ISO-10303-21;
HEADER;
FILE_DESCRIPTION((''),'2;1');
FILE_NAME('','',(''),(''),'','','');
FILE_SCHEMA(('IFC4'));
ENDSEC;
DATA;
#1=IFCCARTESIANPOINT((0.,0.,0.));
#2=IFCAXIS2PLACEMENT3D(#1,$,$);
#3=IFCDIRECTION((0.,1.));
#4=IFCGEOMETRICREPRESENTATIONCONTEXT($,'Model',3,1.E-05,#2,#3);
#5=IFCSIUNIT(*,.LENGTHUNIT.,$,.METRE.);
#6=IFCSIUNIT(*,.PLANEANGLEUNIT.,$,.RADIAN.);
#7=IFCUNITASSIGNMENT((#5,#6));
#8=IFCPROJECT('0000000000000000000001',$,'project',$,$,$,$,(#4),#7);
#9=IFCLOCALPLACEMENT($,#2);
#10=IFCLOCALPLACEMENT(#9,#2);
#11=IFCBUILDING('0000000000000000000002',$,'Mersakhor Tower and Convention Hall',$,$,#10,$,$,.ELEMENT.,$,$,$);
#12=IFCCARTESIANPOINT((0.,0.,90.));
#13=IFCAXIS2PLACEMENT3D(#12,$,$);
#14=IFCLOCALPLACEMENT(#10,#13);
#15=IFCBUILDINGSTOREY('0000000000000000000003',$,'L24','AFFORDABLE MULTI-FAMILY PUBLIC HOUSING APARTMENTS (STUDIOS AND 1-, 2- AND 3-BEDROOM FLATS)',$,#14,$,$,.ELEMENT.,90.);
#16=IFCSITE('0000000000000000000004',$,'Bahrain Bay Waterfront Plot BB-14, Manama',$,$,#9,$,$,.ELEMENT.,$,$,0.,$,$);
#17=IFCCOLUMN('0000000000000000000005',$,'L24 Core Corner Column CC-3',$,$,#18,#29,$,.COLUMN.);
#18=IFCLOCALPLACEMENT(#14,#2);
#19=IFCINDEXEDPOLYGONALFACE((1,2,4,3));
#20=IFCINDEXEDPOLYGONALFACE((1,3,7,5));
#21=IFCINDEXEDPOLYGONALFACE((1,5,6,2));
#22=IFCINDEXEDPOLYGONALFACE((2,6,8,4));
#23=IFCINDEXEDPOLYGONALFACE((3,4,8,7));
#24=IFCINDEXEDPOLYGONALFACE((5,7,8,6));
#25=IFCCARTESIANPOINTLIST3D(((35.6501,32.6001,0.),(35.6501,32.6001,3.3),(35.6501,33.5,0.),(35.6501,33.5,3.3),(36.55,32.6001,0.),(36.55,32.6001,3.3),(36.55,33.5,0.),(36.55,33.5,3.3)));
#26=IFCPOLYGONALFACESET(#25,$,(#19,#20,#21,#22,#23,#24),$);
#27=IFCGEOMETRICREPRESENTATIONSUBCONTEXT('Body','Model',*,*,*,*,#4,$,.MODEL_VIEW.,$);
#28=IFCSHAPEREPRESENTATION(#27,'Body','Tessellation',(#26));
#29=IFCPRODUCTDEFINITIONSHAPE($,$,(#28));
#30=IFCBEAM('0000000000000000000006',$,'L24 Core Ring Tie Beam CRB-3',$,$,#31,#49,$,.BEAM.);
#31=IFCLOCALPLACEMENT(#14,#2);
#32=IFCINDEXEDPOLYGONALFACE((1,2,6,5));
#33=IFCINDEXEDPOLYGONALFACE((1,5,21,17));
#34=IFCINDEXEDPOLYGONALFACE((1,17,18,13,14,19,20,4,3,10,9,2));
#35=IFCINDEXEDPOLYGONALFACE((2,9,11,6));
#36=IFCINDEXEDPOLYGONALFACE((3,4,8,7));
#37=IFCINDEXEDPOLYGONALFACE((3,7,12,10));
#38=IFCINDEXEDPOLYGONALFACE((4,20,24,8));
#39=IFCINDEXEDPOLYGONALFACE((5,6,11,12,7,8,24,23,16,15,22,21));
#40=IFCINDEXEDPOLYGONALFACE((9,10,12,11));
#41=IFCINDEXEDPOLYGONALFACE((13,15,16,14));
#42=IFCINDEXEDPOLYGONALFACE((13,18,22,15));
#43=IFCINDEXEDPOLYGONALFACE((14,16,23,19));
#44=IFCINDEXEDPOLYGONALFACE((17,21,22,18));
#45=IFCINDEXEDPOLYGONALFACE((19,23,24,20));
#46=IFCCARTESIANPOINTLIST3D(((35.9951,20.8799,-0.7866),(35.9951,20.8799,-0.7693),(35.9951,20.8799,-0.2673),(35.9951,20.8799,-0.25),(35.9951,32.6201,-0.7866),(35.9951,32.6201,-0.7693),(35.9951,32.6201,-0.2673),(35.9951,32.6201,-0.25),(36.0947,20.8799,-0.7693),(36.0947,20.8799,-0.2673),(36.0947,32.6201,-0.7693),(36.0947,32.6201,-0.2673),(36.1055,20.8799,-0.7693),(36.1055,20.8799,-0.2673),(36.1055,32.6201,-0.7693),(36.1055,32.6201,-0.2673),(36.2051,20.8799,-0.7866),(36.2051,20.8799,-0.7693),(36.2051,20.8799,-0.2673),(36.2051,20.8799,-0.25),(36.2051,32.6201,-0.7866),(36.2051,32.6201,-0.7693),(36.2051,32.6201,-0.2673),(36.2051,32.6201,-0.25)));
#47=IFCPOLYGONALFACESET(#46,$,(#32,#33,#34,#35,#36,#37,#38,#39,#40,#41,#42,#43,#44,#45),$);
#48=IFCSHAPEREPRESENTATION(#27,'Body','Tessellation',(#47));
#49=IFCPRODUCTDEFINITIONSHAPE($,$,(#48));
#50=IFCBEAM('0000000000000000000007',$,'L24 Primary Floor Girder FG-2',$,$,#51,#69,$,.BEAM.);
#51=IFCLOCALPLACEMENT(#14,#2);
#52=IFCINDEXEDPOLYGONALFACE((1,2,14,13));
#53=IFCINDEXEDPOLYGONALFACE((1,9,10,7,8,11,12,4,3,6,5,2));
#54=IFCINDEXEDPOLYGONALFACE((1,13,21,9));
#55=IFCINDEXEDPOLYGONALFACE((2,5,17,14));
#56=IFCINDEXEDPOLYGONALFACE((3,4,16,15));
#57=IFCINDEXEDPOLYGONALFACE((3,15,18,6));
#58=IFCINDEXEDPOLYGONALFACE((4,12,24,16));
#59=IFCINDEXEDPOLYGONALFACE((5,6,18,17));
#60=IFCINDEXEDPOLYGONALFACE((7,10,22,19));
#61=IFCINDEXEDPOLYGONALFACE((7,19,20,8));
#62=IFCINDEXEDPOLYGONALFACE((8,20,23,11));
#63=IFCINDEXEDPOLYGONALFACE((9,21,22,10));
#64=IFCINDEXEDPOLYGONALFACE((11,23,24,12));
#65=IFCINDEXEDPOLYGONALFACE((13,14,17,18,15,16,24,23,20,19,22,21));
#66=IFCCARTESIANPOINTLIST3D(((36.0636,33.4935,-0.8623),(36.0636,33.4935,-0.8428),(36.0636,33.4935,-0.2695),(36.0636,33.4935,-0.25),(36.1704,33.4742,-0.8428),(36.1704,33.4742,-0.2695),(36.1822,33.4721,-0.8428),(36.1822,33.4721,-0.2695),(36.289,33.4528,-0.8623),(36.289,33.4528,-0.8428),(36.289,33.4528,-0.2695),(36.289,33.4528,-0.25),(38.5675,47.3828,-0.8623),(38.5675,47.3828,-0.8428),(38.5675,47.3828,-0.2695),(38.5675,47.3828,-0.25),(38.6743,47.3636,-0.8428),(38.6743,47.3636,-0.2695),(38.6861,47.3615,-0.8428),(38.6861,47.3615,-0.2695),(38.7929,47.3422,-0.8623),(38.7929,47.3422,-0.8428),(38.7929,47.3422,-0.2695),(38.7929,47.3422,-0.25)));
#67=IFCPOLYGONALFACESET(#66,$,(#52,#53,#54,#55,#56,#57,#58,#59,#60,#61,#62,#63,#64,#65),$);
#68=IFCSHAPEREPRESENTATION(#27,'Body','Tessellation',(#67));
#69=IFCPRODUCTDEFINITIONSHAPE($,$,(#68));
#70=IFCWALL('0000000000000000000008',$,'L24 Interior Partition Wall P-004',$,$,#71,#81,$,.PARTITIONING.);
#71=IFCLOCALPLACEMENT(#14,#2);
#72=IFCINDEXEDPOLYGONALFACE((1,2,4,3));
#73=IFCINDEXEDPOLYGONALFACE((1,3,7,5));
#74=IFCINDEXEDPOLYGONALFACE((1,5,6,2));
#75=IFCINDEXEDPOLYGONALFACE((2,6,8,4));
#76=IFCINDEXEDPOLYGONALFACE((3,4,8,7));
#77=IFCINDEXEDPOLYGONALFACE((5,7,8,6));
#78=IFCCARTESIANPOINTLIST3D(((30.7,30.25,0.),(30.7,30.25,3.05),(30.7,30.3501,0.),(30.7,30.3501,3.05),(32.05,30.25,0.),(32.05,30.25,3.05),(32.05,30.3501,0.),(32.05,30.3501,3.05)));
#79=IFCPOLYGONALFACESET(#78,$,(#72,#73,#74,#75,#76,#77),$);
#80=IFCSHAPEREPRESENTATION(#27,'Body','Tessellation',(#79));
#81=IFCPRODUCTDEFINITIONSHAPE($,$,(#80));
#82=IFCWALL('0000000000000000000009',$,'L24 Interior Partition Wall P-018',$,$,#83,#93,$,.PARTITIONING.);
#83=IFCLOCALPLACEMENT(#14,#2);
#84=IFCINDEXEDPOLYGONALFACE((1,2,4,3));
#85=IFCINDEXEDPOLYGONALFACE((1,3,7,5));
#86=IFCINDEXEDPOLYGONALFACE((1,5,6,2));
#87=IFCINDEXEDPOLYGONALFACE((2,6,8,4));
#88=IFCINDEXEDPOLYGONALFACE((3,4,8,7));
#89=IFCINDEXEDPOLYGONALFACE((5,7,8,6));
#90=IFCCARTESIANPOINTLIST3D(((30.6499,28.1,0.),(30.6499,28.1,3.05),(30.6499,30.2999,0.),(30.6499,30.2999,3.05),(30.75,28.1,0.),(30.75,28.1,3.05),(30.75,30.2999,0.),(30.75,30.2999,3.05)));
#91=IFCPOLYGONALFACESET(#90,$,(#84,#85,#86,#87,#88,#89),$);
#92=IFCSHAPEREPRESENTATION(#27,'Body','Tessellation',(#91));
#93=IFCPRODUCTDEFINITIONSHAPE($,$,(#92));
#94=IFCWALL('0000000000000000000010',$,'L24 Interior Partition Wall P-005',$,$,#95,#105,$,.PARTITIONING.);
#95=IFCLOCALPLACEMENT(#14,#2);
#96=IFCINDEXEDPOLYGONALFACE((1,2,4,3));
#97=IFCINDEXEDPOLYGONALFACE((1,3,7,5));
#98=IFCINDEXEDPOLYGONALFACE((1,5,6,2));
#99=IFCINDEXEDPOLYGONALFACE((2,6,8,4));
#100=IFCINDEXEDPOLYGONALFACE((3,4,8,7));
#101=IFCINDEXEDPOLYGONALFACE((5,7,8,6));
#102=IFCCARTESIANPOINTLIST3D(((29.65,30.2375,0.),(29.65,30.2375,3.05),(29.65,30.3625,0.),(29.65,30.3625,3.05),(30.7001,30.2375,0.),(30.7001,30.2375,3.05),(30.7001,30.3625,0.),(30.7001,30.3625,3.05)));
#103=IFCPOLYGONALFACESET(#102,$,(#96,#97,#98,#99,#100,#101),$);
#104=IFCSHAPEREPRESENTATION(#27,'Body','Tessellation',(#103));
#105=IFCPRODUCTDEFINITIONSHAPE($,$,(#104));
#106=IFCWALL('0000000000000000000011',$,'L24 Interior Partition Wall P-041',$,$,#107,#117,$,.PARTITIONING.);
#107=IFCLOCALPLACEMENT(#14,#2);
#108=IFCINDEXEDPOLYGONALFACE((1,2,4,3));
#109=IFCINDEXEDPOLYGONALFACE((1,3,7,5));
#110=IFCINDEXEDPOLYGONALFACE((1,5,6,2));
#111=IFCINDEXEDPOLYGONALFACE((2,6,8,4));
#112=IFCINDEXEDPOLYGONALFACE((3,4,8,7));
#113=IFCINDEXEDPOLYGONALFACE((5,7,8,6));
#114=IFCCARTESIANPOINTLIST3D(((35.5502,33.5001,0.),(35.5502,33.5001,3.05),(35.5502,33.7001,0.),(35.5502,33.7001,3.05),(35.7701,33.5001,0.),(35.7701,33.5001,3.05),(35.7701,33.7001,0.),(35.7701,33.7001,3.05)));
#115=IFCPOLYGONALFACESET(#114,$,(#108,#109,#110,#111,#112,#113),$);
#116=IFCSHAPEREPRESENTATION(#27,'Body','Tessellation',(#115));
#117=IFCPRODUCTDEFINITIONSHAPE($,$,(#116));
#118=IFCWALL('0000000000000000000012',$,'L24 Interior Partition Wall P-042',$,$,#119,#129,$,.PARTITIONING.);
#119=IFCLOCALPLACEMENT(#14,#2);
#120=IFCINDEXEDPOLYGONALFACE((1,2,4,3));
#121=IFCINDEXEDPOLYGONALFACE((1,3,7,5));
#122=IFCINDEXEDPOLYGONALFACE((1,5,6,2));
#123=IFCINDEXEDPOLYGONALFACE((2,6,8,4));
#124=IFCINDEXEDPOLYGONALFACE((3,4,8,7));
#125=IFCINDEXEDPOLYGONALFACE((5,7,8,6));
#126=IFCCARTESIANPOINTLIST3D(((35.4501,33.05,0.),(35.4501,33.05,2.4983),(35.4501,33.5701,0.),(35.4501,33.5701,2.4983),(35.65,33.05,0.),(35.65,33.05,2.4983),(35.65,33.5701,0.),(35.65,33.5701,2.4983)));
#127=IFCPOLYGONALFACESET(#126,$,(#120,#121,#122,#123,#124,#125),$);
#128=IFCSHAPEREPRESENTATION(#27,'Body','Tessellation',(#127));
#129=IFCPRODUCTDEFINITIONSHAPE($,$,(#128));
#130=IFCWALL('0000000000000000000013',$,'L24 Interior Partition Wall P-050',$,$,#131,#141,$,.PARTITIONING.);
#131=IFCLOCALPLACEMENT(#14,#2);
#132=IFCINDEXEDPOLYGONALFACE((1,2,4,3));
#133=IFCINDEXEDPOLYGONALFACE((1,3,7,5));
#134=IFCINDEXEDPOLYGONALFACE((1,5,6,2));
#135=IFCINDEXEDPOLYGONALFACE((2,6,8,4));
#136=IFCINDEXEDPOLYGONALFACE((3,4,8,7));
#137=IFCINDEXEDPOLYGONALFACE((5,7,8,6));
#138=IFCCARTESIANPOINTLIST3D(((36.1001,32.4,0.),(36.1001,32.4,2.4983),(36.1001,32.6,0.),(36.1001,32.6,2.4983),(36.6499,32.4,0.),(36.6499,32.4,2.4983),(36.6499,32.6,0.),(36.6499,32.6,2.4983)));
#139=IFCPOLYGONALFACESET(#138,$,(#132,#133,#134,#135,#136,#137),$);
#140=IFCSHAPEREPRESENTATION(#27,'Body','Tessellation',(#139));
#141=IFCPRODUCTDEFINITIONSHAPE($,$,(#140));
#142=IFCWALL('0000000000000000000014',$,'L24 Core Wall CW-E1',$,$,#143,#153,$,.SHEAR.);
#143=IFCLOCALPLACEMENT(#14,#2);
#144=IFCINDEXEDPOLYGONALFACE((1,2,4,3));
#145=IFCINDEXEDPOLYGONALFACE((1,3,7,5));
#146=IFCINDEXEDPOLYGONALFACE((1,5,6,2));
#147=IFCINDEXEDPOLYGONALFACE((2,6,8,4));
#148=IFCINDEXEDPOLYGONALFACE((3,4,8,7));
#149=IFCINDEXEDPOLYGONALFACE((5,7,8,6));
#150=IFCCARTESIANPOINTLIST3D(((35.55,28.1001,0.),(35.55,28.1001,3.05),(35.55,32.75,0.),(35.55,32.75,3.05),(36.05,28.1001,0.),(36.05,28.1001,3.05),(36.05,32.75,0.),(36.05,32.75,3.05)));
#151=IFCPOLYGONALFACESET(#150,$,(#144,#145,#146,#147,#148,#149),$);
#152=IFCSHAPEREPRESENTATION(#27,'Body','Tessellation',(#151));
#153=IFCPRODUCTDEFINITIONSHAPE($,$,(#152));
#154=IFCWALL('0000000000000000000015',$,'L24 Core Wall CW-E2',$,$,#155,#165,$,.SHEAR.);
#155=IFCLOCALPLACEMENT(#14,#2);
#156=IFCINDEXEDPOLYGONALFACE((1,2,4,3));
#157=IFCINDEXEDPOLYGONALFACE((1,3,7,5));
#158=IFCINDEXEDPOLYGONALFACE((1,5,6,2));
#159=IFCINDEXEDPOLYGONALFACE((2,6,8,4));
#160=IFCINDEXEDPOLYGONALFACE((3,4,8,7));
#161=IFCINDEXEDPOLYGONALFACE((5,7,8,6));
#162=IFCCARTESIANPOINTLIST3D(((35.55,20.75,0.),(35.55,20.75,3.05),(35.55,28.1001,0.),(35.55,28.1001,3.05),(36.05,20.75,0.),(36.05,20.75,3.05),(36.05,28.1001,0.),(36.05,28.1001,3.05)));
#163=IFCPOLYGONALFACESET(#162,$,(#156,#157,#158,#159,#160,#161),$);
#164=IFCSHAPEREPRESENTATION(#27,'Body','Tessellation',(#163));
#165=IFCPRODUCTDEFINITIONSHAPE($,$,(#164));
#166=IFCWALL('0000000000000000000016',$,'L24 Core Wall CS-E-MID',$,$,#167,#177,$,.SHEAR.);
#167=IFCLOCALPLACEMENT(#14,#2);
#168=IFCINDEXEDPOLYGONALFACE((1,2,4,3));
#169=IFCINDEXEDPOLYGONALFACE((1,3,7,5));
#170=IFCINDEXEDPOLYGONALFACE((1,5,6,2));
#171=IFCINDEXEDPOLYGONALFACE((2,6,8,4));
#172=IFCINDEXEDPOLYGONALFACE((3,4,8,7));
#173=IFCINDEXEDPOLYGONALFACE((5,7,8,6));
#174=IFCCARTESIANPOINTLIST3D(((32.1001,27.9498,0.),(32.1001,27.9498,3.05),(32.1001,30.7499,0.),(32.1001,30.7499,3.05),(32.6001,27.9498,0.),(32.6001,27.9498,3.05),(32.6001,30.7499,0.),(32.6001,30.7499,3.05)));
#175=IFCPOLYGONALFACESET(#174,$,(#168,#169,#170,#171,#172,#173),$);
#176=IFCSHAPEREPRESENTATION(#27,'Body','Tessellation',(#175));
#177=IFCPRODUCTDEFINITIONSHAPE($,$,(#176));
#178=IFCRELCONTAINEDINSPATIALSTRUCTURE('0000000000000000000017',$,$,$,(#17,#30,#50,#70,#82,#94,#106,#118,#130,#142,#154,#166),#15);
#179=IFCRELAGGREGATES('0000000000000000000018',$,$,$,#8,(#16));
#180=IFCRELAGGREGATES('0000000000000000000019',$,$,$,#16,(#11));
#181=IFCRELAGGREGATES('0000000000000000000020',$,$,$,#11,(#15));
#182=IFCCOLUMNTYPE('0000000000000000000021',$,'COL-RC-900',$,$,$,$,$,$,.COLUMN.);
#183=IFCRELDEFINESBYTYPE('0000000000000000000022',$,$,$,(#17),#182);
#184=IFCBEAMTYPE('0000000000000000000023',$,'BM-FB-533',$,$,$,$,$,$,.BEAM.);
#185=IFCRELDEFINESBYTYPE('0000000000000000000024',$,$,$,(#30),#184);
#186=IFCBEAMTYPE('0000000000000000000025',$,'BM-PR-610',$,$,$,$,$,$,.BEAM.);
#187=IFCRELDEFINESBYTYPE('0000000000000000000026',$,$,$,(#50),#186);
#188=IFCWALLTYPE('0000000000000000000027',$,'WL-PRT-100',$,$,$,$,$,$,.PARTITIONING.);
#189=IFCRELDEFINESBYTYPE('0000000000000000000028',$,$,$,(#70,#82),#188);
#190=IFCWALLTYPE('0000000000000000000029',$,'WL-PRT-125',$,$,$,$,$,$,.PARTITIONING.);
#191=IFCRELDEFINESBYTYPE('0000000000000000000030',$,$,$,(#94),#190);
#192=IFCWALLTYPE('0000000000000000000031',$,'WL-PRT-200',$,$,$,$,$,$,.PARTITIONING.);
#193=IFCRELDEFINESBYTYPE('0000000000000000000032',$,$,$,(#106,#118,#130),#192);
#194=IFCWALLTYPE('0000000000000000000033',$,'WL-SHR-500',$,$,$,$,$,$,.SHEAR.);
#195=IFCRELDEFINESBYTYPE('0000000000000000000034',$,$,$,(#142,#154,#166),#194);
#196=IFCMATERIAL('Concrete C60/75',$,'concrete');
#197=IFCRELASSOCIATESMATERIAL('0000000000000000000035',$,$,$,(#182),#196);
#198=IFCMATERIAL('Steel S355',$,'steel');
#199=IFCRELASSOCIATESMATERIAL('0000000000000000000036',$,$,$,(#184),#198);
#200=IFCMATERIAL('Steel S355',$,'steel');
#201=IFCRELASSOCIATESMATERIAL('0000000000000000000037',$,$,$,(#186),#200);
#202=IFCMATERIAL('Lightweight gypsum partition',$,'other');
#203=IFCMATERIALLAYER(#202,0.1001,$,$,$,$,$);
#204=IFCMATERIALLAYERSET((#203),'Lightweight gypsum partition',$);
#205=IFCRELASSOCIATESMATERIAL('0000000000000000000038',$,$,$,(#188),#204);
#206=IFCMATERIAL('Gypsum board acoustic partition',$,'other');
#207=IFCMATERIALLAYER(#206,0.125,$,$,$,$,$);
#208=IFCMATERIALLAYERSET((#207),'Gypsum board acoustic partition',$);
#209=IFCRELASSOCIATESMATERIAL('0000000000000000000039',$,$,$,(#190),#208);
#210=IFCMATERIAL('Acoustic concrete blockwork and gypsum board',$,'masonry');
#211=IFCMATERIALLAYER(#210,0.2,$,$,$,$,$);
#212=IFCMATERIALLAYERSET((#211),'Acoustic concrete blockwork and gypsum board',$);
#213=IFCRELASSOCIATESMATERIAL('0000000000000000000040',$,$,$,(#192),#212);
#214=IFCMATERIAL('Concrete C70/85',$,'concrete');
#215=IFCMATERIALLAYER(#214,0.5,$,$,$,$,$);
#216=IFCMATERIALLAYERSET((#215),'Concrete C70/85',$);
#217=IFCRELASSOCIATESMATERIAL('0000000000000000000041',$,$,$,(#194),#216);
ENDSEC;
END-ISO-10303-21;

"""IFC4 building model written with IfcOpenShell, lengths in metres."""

from ifc_helpers import new_model, si_unit, direction, frame, frame_2d, origin, origin_2d, place, context, subcontext, project, spatial, rectangle, i_section, extrude, material, layer, layer_set, material_profile, profile_set, type_object, element, save


model = new_model("IFC4")

# Units and contexts
model_context = context("Model", 3, precision=1e-05, world=origin(), true_north=direction((0.0, 1.0)))
body_context = subcontext(model_context, "Body", "Model", "MODEL_VIEW")
ifc_project = project(units=[si_unit("LENGTHUNIT", "METRE"), si_unit("PLANEANGLEUNIT", "RADIAN")], contexts=[model_context])

# Site, building, storey
site_placement = place(None, origin())
site = spatial("IfcSite", under=ifc_project, at=site_placement, Name="Bahrain Bay Waterfront Plot BB-14, Manama", CompositionType="ELEMENT", RefElevation=0.0)
building_placement = place(site_placement, origin())
building = spatial("IfcBuilding", under=site, at=building_placement, Name="Mersakhor Tower and Convention Hall", CompositionType="ELEMENT")
storey_placement = place(building_placement, frame((0.0, 0.0, 90.0)))
storey = spatial("IfcBuildingStorey", under=building, at=storey_placement, Name="L24", Description="AFFORDABLE MULTI-FAMILY PUBLIC HOUSING APARTMENTS (STUDIOS AND 1-, 2- AND 3-BEDROOM FLATS)", CompositionType="ELEMENT", Elevation=90.0)

# Column
ifc_material_1 = material(Name="Concrete C60/75", Category="concrete")
ifc_material_profile_1 = material_profile(ifc_material_1, rectangle(XDim=0.8999, YDim=0.8999, at=origin_2d()), Name="RC 900x900")
ifc_profile_set_1 = profile_set([ifc_material_profile_1], Name="Concrete C60/75")
column_type = type_object("IfcColumnType", Name="COL-RC-900", PredefinedType="COLUMN", material=ifc_profile_set_1)
column_placement = place(storey_placement, frame((36.1001, 33.05, 0.0), z_axis=(0.0, 0.0, 1.0), x_axis=(1.0, 0.0, 0.0)))
element("IfcColumn", 1, at=column_placement, inside=storey, type_object=column_type, Name="L24 Core Corner Column CC-3", PredefinedType="COLUMN", context=body_context, shape_type="SweptSolid", body=[
    extrude(rectangle(XDim=0.8999, YDim=0.8999, at=origin_2d()), origin(), (0.0, 0.0, 1.0), 3.3),
])

# Beams
ifc_material_2 = material(Name="Steel S355", Category="steel")
ifc_material_profile_2 = material_profile(ifc_material_2, i_section(OverallWidth=0.21, OverallDepth=0.5366, WebThickness=0.0107, FlangeThickness=0.0173, at=origin_2d()), Name="UB 533x210x101")
ifc_profile_set_2 = profile_set([ifc_material_profile_2], Name="Steel S355")
beam_type_1 = type_object("IfcBeamType", Name="BM-FB-533", PredefinedType="BEAM", material=ifc_profile_set_2)
beam_1_placement = place(storey_placement, frame((36.1001, 32.6201, -0.5183), z_axis=(0.0, -1.0, 0.0), x_axis=(1.0, 0.0, 0.0)))
element("IfcBeam", 2, at=beam_1_placement, inside=storey, type_object=beam_type_1, Name="L24 Core Ring Tie Beam CRB-3", PredefinedType="BEAM", context=body_context, shape_type="SweptSolid", body=[
    extrude(i_section(OverallWidth=0.21, OverallDepth=0.5366, WebThickness=0.0107, FlangeThickness=0.0173, at=origin_2d()), origin(), (0.0, 0.0, 1.0), 11.7402),
])
ifc_material_3 = material(Name="Steel S355", Category="steel")
ifc_material_profile_3 = material_profile(ifc_material_3, i_section(OverallWidth=0.229, OverallDepth=0.6123, WebThickness=0.012, FlangeThickness=0.0195, at=origin_2d()), Name="UB 610x229x125")
ifc_profile_set_3 = profile_set([ifc_material_profile_3], Name="Steel S355")
beam_type_2 = type_object("IfcBeamType", Name="BM-PR-610", PredefinedType="BEAM", material=ifc_profile_set_3)
beam_2_placement = place(storey_placement, frame((36.1763, 33.4731, -0.5562), z_axis=(0.177415, 0.984136, 0.0), x_axis=(-0.984136, 0.177415, 0.0)))
element("IfcBeam", 3, at=beam_2_placement, inside=storey, type_object=beam_type_2, Name="L24 Primary Floor Girder FG-2", PredefinedType="BEAM", context=body_context, shape_type="SweptSolid", body=[
    extrude(i_section(OverallWidth=0.229, OverallDepth=0.6123, WebThickness=0.012, FlangeThickness=0.0195, at=origin_2d()), origin(), (0.0, 0.0, 1.0), 14.1133),
])

# Walls
ifc_material_4 = material(Name="Lightweight gypsum partition", Category="other")
ifc_layer_1 = layer(ifc_material_4, 0.1001)
ifc_layer_set_1 = layer_set([ifc_layer_1], Name="Lightweight gypsum partition")
wall_type_1 = type_object("IfcWallType", Name="WL-PRT-100", PredefinedType="PARTITIONING", material=ifc_layer_set_1)
wall_1_placement = place(storey_placement, frame((32.05, 30.3, 0.0), z_axis=(0.0, 0.0, 1.0), x_axis=(-1.0, 0.0, 0.0)))
element("IfcWall", 4, at=wall_1_placement, inside=storey, type_object=wall_type_1, Name="L24 Interior Partition Wall P-004", PredefinedType="PARTITIONING", context=body_context, shape_type="SweptSolid", body=[
    extrude(rectangle(XDim=1.3501, YDim=0.1001, at=frame_2d((0.675, 0.0))), origin(), (0.0, 0.0, 1.0), 3.05),
])
wall_2_placement = place(storey_placement, frame((30.7, 30.3, 0.0), z_axis=(0.0, 0.0, 1.0), x_axis=(0.0, -1.0, 0.0)))
element("IfcWall", 5, at=wall_2_placement, inside=storey, type_object=wall_type_1, Name="L24 Interior Partition Wall P-018", PredefinedType="PARTITIONING", context=body_context, shape_type="SweptSolid", body=[
    extrude(rectangle(XDim=2.2, YDim=0.1001, at=frame_2d((1.1001, 0.0))), origin(), (0.0, 0.0, 1.0), 3.05),
])
ifc_material_5 = material(Name="Gypsum board acoustic partition", Category="other")
ifc_layer_2 = layer(ifc_material_5, 0.125)
ifc_layer_set_2 = layer_set([ifc_layer_2], Name="Gypsum board acoustic partition")
wall_type_2 = type_object("IfcWallType", Name="WL-PRT-125", PredefinedType="PARTITIONING", material=ifc_layer_set_2)
wall_3_placement = place(storey_placement, frame((30.7, 30.3, 0.0), z_axis=(0.0, 0.0, 1.0), x_axis=(-1.0, 0.0, 0.0)))
element("IfcWall", 6, at=wall_3_placement, inside=storey, type_object=wall_type_2, Name="L24 Interior Partition Wall P-005", PredefinedType="PARTITIONING", context=body_context, shape_type="SweptSolid", body=[
    extrude(rectangle(XDim=1.05, YDim=0.125, at=frame_2d((0.5249, 0.0))), origin(), (0.0, 0.0, 1.0), 3.05),
])
ifc_material_6 = material(Name="Acoustic concrete blockwork and gypsum board", Category="masonry")
ifc_layer_3 = layer(ifc_material_6, 0.2)
ifc_layer_set_3 = layer_set([ifc_layer_3], Name="Acoustic concrete blockwork and gypsum board")
wall_type_3 = type_object("IfcWallType", Name="WL-PRT-200", PredefinedType="PARTITIONING", material=ifc_layer_set_3)
wall_4_placement = place(storey_placement, frame((35.77, 33.6001, 0.0), z_axis=(0.0, 0.0, 1.0), x_axis=(-1.0, 0.0, 0.0)))
element("IfcWall", 7, at=wall_4_placement, inside=storey, type_object=wall_type_3, Name="L24 Interior Partition Wall P-041", PredefinedType="PARTITIONING", context=body_context, shape_type="SweptSolid", body=[
    extrude(rectangle(XDim=0.22, YDim=0.2, at=frame_2d((0.1099, 0.0))), origin(), (0.0, 0.0, 1.0), 3.05),
])
wall_5_placement = place(storey_placement, frame((35.55, 33.5701, 0.0), z_axis=(0.0, 0.0, 1.0), x_axis=(0.0, -1.0, 0.0)))
element("IfcWall", 8, at=wall_5_placement, inside=storey, type_object=wall_type_3, Name="L24 Interior Partition Wall P-042", PredefinedType="PARTITIONING", context=body_context, shape_type="SweptSolid", body=[
    extrude(rectangle(XDim=0.52, YDim=0.2, at=frame_2d((0.26, 0.0))), origin(), (0.0, 0.0, 1.0), 2.4983),
])
wall_6_placement = place(storey_placement, frame((36.1001, 32.5, 0.0), z_axis=(0.0, 0.0, 1.0), x_axis=(1.0, 0.0, 0.0)))
element("IfcWall", 9, at=wall_6_placement, inside=storey, type_object=wall_type_3, Name="L24 Interior Partition Wall P-050", PredefinedType="PARTITIONING", context=body_context, shape_type="SweptSolid", body=[
    extrude(rectangle(XDim=0.5498, YDim=0.2, at=frame_2d((0.2749, 0.0))), origin(), (0.0, 0.0, 1.0), 2.4983),
])

# Shared definitions
ifc_material_7 = material(Name="Concrete C70/85", Category="concrete")
ifc_layer_4 = layer(ifc_material_7, 0.5)
ifc_layer_set_4 = layer_set([ifc_layer_4], Name="Concrete C70/85")
wall_type_4 = type_object("IfcWallType", Name="WL-SHR-500", PredefinedType="SHEAR", material=ifc_layer_set_4)

# Walls
wall_7_placement = place(storey_placement, frame((35.8, 32.75, 0.0), z_axis=(0.0, 0.0, 1.0), x_axis=(0.0, -1.0, 0.0)))
element("IfcWall", 10, at=wall_7_placement, inside=storey, type_object=wall_type_4, Name="L24 Core Wall CW-E1", PredefinedType="SHEAR", context=body_context, shape_type="SweptSolid", body=[
    extrude(rectangle(XDim=4.6499, YDim=0.5, at=frame_2d((2.325, 0.0))), origin(), (0.0, 0.0, 1.0), 3.05),
])
wall_8_placement = place(storey_placement, frame((35.8, 28.1001, 0.0), z_axis=(0.0, 0.0, 1.0), x_axis=(0.0, -1.0, 0.0)))
element("IfcWall", 11, at=wall_8_placement, inside=storey, type_object=wall_type_4, Name="L24 Core Wall CW-E2", PredefinedType="SHEAR", context=body_context, shape_type="SweptSolid", body=[
    extrude(rectangle(XDim=7.3501, YDim=0.5, at=frame_2d((3.675, 0.0))), origin(), (0.0, 0.0, 1.0), 3.05),
])
wall_9_placement = place(storey_placement, frame((32.3501, 27.95, 0.0), z_axis=(0.0, 0.0, 1.0), x_axis=(0.0, 1.0, 0.0)))
element("IfcWall", 12, at=wall_9_placement, inside=storey, type_object=wall_type_4, Name="L24 Core Wall CS-E-MID", PredefinedType="SHEAR", context=body_context, shape_type="SweptSolid", body=[
    extrude(rectangle(XDim=2.8, YDim=0.5, at=frame_2d((1.3999, 0.0))), origin(), (0.0, 0.0, 1.0), 3.05),
])

save(model, "model.ifc")
